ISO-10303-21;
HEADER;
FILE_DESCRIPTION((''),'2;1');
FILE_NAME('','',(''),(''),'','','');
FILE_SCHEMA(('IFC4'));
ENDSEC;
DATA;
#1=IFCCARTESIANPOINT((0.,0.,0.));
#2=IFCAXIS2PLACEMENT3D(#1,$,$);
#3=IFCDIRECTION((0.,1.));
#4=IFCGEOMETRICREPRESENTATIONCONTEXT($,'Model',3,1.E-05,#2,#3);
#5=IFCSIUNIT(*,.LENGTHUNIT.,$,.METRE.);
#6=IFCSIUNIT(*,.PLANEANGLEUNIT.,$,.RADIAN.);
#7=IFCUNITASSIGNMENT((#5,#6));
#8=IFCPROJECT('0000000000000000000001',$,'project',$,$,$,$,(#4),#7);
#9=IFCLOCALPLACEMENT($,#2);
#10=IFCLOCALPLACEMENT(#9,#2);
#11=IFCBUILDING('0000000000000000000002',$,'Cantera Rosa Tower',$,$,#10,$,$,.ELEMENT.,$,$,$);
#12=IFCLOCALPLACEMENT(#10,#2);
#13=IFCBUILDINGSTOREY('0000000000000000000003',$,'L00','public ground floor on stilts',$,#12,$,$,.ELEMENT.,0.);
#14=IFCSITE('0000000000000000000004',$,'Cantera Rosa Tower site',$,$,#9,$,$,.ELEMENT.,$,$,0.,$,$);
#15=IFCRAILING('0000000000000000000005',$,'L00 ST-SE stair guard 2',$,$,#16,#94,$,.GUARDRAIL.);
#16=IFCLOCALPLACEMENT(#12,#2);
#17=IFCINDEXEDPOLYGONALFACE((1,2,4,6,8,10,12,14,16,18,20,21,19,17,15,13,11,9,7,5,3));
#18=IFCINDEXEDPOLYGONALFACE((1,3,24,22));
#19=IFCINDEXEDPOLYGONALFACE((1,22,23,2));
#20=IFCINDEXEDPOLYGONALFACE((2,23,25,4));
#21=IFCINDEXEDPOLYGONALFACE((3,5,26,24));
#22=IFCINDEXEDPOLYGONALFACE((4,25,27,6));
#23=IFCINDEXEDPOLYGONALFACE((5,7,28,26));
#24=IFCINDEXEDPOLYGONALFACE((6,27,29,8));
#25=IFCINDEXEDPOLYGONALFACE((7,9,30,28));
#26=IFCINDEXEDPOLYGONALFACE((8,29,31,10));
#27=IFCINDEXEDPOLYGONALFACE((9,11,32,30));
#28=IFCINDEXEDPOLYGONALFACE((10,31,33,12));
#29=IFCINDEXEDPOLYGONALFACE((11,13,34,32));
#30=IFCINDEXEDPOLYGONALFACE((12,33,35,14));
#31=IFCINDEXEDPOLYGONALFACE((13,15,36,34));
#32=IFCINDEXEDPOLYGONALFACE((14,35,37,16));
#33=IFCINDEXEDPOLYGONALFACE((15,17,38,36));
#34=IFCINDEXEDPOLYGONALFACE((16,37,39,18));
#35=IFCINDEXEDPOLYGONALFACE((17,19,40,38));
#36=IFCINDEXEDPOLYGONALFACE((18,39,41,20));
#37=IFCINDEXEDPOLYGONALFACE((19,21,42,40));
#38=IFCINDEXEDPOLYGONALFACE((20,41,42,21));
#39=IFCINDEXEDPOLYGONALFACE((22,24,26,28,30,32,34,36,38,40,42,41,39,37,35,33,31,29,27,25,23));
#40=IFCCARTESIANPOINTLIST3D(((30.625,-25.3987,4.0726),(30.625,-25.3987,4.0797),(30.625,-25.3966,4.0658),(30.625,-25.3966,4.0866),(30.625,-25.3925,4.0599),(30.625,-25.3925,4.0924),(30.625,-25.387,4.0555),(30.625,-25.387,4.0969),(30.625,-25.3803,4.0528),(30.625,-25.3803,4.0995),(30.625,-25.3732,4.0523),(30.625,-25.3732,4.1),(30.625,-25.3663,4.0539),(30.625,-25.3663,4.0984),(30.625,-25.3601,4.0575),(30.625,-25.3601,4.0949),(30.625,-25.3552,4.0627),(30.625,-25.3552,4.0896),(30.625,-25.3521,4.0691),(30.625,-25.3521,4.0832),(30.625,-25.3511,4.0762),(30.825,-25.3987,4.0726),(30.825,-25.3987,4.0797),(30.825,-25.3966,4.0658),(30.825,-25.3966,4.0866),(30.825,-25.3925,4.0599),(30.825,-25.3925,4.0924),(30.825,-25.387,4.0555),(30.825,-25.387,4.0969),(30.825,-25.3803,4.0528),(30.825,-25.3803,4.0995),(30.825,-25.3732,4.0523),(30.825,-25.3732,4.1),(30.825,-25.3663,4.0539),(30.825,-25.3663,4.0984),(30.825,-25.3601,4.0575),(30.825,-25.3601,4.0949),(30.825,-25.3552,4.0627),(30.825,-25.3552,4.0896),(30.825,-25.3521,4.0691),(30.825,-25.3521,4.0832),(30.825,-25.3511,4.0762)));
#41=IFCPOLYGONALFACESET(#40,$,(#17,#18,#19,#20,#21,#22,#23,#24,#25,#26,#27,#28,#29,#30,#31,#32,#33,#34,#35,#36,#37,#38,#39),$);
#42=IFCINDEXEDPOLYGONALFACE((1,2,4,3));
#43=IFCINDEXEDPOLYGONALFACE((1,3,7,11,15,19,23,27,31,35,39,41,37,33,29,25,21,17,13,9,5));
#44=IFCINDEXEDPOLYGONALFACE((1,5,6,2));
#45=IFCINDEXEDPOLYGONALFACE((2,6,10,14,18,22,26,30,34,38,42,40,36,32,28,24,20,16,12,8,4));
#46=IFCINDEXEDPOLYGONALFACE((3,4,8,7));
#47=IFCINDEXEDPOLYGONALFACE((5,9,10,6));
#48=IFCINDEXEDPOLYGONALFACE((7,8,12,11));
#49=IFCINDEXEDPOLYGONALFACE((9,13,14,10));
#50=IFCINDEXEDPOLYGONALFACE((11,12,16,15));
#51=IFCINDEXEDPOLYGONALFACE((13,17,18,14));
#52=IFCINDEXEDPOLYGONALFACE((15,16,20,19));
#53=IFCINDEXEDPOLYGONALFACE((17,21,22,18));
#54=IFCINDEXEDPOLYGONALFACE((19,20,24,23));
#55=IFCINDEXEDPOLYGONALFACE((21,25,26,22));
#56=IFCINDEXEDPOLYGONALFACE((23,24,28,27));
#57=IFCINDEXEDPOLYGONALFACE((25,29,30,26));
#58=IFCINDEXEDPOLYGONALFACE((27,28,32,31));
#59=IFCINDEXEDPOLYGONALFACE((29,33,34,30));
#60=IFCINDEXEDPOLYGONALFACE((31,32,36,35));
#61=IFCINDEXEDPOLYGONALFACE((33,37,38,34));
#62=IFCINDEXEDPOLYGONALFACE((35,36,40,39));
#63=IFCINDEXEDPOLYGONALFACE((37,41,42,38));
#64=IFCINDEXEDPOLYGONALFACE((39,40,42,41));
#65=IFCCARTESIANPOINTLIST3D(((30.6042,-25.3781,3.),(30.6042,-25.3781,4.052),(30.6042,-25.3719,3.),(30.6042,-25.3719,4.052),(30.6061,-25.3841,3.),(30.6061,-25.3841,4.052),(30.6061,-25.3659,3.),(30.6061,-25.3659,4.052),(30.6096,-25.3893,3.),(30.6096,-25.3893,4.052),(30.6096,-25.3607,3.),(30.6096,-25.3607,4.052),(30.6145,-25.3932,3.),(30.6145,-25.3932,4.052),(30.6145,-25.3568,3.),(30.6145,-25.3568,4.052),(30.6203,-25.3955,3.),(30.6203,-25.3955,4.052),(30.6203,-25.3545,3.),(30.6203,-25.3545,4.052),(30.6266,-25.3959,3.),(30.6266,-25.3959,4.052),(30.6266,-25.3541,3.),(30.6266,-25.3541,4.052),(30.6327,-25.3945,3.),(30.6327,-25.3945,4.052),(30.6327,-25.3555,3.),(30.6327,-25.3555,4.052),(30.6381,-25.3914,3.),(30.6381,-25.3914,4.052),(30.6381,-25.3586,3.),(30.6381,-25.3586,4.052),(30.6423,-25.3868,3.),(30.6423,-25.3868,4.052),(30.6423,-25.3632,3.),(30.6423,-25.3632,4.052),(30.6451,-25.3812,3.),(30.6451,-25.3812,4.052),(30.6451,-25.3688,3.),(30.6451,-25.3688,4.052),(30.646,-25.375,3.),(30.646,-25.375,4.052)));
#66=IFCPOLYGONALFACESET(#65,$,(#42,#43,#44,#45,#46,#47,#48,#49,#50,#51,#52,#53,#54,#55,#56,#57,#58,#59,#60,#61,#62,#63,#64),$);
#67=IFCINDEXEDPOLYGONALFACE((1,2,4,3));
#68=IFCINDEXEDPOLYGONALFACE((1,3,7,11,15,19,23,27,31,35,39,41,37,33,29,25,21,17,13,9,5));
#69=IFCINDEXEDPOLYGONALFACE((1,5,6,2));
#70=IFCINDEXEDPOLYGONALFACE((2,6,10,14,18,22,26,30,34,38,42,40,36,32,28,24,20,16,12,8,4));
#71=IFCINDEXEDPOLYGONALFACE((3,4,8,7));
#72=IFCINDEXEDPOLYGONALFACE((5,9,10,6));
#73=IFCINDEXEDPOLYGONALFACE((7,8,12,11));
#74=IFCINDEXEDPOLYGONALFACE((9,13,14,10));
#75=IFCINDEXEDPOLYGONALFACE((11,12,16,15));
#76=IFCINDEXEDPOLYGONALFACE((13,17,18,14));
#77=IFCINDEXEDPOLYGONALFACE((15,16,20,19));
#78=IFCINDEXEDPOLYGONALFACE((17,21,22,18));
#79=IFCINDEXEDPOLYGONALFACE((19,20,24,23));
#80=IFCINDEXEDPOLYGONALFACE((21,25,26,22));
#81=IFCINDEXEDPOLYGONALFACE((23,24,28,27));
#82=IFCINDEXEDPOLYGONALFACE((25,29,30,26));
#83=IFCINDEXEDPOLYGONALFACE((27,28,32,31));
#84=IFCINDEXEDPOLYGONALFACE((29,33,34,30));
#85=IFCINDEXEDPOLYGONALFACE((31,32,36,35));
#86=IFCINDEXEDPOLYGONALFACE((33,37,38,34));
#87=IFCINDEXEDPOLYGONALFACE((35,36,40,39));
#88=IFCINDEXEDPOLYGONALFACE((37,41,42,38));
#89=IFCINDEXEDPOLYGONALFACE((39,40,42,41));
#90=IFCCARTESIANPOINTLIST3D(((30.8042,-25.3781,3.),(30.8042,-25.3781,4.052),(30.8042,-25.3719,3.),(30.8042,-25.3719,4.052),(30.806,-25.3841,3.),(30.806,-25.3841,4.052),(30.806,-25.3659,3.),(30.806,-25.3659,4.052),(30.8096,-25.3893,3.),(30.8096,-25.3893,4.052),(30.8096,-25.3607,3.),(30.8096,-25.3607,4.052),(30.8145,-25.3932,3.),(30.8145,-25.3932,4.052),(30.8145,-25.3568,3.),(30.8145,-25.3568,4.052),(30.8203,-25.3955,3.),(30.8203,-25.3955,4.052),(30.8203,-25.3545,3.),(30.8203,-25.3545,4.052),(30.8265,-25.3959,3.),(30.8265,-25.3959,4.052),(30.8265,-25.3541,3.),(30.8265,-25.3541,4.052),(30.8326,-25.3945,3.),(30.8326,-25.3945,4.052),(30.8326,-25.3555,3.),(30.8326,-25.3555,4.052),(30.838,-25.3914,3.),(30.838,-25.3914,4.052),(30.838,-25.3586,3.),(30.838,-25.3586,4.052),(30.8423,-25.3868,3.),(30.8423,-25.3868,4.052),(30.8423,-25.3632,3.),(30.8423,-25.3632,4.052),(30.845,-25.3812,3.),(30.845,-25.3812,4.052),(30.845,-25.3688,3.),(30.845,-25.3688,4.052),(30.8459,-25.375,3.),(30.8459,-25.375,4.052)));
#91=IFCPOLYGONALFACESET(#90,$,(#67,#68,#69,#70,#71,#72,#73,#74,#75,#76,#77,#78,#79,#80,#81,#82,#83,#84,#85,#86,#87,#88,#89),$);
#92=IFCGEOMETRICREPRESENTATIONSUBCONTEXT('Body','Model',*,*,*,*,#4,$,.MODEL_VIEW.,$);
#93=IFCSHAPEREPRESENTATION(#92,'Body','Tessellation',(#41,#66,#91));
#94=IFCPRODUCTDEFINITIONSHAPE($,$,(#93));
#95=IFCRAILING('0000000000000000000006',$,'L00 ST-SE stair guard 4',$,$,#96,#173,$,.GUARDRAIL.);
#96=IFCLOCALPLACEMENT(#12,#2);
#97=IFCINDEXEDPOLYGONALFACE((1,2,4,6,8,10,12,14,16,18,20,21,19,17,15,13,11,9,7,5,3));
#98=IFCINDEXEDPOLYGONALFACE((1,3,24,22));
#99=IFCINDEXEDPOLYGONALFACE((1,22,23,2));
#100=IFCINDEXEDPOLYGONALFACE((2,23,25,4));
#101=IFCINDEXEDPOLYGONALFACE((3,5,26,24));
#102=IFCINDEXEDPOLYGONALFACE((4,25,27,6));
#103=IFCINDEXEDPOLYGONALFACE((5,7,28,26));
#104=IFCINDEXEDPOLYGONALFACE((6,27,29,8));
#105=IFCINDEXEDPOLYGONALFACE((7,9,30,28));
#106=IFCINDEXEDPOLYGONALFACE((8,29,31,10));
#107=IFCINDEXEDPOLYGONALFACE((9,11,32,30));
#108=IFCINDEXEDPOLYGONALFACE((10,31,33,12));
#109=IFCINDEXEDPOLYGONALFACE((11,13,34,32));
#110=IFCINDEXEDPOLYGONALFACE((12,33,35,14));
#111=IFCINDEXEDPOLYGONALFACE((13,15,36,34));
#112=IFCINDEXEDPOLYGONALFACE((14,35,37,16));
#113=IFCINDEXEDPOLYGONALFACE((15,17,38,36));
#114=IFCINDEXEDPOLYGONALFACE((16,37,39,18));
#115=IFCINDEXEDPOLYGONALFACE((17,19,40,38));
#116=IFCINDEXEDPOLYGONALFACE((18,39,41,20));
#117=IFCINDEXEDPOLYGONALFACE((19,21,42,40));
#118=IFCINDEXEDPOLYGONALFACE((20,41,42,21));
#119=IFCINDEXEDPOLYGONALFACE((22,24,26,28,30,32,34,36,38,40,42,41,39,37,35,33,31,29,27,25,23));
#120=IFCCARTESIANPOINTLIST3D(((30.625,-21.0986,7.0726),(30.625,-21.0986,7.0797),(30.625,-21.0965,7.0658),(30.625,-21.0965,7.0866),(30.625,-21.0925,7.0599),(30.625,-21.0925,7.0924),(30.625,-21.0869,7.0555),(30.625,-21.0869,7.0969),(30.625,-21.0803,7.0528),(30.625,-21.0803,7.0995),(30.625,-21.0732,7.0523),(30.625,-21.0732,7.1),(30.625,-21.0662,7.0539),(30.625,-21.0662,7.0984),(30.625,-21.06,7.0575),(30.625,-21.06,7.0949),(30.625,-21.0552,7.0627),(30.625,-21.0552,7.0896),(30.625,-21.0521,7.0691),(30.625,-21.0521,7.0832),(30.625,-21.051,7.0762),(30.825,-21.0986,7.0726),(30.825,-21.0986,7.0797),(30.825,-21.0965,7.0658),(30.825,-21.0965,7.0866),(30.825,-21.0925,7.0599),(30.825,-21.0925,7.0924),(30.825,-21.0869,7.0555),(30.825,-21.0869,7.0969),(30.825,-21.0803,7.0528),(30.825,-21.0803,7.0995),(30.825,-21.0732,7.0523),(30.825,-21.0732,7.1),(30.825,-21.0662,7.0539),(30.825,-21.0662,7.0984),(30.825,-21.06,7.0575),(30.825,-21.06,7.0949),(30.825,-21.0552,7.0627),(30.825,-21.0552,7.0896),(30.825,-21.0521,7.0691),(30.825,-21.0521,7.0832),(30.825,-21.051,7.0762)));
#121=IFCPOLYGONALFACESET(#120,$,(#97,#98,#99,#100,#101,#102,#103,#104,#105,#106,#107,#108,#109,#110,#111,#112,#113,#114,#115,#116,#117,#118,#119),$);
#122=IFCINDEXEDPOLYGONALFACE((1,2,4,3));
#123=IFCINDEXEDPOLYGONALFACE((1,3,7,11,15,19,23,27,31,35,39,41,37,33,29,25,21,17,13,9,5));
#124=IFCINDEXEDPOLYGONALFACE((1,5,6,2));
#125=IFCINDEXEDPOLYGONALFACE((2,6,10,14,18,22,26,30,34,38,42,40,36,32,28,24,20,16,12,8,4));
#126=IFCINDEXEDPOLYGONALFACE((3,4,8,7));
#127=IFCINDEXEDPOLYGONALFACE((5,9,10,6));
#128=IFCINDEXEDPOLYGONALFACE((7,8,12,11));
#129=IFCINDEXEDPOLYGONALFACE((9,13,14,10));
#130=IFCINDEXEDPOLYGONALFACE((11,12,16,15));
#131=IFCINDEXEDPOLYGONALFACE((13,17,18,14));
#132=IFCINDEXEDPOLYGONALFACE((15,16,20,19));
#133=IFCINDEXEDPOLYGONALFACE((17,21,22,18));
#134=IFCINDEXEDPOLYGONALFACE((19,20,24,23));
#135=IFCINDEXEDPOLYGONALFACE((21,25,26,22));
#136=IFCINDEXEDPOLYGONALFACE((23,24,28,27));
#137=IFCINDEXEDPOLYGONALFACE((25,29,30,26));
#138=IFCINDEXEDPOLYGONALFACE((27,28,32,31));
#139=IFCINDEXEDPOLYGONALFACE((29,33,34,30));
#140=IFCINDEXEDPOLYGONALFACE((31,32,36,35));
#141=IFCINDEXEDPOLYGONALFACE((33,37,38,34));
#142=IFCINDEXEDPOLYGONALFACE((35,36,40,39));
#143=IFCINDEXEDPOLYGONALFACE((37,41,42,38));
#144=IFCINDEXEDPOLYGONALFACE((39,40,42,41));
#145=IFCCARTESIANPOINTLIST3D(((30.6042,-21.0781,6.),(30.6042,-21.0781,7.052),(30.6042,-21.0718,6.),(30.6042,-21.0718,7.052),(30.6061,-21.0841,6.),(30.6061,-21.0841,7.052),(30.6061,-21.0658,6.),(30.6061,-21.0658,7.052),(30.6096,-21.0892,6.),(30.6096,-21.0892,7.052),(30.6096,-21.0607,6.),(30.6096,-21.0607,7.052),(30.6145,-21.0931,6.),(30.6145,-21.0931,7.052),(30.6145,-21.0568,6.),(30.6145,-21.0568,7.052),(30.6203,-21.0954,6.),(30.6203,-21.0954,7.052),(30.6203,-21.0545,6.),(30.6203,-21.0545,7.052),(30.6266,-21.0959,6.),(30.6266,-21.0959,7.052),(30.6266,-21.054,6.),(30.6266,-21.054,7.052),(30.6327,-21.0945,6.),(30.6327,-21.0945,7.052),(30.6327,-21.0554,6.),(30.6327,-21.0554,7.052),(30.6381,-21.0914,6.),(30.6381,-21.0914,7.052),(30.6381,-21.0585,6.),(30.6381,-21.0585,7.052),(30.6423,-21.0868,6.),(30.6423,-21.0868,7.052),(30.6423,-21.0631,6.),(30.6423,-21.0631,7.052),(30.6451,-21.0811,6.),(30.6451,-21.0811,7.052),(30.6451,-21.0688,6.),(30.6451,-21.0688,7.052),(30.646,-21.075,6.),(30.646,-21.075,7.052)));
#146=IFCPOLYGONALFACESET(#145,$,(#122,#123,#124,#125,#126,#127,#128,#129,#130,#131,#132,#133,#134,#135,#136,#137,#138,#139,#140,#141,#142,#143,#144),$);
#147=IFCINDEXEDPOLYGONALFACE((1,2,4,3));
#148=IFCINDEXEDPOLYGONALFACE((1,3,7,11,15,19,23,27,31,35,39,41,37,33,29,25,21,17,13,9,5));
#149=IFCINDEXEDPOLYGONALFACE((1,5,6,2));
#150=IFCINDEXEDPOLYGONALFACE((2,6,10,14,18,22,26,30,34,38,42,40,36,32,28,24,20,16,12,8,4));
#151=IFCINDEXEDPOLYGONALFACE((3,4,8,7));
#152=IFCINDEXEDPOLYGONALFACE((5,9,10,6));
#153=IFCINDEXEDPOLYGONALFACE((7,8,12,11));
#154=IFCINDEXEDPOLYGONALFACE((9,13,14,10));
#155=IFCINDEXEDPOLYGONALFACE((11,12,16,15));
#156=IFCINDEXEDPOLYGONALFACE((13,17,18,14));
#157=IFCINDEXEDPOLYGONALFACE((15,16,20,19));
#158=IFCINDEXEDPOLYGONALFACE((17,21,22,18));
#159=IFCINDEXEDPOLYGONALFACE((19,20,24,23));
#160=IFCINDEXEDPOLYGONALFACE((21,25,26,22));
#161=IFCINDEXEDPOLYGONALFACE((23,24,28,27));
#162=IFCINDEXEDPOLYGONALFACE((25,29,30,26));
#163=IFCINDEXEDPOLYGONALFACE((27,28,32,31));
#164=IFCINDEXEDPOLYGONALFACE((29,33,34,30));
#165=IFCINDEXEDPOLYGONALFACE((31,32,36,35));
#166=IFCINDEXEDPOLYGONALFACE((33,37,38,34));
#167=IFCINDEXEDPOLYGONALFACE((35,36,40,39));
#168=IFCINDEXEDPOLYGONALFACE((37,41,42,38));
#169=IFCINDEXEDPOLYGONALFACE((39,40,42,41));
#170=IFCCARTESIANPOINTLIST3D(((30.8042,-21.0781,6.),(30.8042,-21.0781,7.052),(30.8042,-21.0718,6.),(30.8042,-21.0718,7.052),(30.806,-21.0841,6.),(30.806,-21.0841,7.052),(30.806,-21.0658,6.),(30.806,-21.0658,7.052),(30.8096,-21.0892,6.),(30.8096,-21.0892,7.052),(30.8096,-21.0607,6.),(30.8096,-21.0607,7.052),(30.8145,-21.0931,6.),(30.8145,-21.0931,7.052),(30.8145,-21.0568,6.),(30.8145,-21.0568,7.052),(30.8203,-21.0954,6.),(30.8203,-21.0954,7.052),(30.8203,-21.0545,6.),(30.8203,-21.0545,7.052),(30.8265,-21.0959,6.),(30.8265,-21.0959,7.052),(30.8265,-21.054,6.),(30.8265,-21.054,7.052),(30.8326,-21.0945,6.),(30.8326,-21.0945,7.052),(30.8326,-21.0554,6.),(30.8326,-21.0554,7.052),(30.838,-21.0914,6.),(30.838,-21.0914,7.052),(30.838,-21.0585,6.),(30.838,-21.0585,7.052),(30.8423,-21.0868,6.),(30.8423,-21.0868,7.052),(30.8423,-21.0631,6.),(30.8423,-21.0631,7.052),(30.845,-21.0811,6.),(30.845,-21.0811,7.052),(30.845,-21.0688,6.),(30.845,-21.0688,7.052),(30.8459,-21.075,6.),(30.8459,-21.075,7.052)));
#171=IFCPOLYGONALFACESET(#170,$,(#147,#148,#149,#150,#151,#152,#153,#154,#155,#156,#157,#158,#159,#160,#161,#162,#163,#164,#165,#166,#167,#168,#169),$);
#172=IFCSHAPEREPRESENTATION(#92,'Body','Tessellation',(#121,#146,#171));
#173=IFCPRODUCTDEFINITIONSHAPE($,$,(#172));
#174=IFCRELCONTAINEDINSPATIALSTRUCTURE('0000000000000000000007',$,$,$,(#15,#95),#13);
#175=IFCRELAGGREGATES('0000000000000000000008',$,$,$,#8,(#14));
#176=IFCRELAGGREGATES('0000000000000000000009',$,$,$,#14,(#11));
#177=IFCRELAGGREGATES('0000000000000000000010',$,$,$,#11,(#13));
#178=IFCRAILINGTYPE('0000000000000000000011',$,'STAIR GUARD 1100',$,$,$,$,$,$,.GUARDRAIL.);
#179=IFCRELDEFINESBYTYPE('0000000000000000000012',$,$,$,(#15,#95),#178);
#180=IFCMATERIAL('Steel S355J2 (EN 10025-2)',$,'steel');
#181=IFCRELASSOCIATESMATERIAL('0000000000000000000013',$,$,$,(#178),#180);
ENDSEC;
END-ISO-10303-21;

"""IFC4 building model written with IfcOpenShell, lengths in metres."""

from ifc_helpers import new_model, si_unit, direction, frame, origin, origin_2d, place, context, subcontext, project, spatial, circle, extrude, material, type_object, element, save


model = new_model("IFC4")

# Units and contexts
model_context = context("Model", 3, precision=1e-05, world=origin(), true_north=direction((0.0, 1.0)))
body_context = subcontext(model_context, "Body", "Model", "MODEL_VIEW")
ifc_project = project(units=[si_unit("LENGTHUNIT", "METRE"), si_unit("PLANEANGLEUNIT", "RADIAN")], contexts=[model_context])

# Site, building, storey
site_placement = place(None, origin())
site = spatial("IfcSite", under=ifc_project, at=site_placement, Name="Cantera Rosa Tower site", CompositionType="ELEMENT", RefElevation=0.0)
building_placement = place(site_placement, origin())
building = spatial("IfcBuilding", under=site, at=building_placement, Name="Cantera Rosa Tower", CompositionType="ELEMENT")
storey_placement = place(building_placement, origin())
storey = spatial("IfcBuildingStorey", under=building, at=storey_placement, Name="L00", Description="public ground floor on stilts", CompositionType="ELEMENT", Elevation=0.0)

# Railings
ifc_material_1 = material(Name="Steel S355J2 (EN 10025-2)", Category="steel")
railing_type_1 = type_object("IfcRailingType", Name="STAIR GUARD 1100", PredefinedType="GUARDRAIL", material=ifc_material_1)
railing_1_placement = place(storey_placement, frame((30.625, -25.375, 3.0)))
element("IfcRailing", 1, at=railing_1_placement, inside=storey, type_object=railing_type_1, Name="L00 ST-SE stair guard 2", PredefinedType="GUARDRAIL", context=body_context, shape_type="SweptSolid", body=[
    extrude(circle(Radius=0.0239, at=origin_2d()), frame((0.0, 0.0, 1.0762), z_axis=(1.0, 0.0, 0.0), x_axis=(0.0, 1.0, 0.0)), (0.0, 0.0, 1.0), 0.2),
    extrude(circle(Radius=0.021, at=origin_2d()), origin(), (0.0, 0.0, 1.0), 1.052),
    extrude(circle(Radius=0.021, at=origin_2d()), frame((0.2, 0.0, 0.0)), (0.0, 0.0, 1.0), 1.052),
])
railing_2_placement = place(storey_placement, frame((30.625, -21.075, 6.0)))
element("IfcRailing", 2, at=railing_2_placement, inside=storey, type_object=railing_type_1, Name="L00 ST-SE stair guard 4", PredefinedType="GUARDRAIL", context=body_context, shape_type="SweptSolid", body=[
    extrude(circle(Radius=0.0239, at=origin_2d()), frame((0.0, 0.0, 1.0762), z_axis=(1.0, 0.0, 0.0), x_axis=(0.0, 1.0, 0.0)), (0.0, 0.0, 1.0), 0.2),
    extrude(circle(Radius=0.021, at=origin_2d()), origin(), (0.0, 0.0, 1.0), 1.052),
    extrude(circle(Radius=0.021, at=origin_2d()), frame((0.2, 0.0, 0.0)), (0.0, 0.0, 1.0), 1.052),
])

save(model, "model.ifc")
